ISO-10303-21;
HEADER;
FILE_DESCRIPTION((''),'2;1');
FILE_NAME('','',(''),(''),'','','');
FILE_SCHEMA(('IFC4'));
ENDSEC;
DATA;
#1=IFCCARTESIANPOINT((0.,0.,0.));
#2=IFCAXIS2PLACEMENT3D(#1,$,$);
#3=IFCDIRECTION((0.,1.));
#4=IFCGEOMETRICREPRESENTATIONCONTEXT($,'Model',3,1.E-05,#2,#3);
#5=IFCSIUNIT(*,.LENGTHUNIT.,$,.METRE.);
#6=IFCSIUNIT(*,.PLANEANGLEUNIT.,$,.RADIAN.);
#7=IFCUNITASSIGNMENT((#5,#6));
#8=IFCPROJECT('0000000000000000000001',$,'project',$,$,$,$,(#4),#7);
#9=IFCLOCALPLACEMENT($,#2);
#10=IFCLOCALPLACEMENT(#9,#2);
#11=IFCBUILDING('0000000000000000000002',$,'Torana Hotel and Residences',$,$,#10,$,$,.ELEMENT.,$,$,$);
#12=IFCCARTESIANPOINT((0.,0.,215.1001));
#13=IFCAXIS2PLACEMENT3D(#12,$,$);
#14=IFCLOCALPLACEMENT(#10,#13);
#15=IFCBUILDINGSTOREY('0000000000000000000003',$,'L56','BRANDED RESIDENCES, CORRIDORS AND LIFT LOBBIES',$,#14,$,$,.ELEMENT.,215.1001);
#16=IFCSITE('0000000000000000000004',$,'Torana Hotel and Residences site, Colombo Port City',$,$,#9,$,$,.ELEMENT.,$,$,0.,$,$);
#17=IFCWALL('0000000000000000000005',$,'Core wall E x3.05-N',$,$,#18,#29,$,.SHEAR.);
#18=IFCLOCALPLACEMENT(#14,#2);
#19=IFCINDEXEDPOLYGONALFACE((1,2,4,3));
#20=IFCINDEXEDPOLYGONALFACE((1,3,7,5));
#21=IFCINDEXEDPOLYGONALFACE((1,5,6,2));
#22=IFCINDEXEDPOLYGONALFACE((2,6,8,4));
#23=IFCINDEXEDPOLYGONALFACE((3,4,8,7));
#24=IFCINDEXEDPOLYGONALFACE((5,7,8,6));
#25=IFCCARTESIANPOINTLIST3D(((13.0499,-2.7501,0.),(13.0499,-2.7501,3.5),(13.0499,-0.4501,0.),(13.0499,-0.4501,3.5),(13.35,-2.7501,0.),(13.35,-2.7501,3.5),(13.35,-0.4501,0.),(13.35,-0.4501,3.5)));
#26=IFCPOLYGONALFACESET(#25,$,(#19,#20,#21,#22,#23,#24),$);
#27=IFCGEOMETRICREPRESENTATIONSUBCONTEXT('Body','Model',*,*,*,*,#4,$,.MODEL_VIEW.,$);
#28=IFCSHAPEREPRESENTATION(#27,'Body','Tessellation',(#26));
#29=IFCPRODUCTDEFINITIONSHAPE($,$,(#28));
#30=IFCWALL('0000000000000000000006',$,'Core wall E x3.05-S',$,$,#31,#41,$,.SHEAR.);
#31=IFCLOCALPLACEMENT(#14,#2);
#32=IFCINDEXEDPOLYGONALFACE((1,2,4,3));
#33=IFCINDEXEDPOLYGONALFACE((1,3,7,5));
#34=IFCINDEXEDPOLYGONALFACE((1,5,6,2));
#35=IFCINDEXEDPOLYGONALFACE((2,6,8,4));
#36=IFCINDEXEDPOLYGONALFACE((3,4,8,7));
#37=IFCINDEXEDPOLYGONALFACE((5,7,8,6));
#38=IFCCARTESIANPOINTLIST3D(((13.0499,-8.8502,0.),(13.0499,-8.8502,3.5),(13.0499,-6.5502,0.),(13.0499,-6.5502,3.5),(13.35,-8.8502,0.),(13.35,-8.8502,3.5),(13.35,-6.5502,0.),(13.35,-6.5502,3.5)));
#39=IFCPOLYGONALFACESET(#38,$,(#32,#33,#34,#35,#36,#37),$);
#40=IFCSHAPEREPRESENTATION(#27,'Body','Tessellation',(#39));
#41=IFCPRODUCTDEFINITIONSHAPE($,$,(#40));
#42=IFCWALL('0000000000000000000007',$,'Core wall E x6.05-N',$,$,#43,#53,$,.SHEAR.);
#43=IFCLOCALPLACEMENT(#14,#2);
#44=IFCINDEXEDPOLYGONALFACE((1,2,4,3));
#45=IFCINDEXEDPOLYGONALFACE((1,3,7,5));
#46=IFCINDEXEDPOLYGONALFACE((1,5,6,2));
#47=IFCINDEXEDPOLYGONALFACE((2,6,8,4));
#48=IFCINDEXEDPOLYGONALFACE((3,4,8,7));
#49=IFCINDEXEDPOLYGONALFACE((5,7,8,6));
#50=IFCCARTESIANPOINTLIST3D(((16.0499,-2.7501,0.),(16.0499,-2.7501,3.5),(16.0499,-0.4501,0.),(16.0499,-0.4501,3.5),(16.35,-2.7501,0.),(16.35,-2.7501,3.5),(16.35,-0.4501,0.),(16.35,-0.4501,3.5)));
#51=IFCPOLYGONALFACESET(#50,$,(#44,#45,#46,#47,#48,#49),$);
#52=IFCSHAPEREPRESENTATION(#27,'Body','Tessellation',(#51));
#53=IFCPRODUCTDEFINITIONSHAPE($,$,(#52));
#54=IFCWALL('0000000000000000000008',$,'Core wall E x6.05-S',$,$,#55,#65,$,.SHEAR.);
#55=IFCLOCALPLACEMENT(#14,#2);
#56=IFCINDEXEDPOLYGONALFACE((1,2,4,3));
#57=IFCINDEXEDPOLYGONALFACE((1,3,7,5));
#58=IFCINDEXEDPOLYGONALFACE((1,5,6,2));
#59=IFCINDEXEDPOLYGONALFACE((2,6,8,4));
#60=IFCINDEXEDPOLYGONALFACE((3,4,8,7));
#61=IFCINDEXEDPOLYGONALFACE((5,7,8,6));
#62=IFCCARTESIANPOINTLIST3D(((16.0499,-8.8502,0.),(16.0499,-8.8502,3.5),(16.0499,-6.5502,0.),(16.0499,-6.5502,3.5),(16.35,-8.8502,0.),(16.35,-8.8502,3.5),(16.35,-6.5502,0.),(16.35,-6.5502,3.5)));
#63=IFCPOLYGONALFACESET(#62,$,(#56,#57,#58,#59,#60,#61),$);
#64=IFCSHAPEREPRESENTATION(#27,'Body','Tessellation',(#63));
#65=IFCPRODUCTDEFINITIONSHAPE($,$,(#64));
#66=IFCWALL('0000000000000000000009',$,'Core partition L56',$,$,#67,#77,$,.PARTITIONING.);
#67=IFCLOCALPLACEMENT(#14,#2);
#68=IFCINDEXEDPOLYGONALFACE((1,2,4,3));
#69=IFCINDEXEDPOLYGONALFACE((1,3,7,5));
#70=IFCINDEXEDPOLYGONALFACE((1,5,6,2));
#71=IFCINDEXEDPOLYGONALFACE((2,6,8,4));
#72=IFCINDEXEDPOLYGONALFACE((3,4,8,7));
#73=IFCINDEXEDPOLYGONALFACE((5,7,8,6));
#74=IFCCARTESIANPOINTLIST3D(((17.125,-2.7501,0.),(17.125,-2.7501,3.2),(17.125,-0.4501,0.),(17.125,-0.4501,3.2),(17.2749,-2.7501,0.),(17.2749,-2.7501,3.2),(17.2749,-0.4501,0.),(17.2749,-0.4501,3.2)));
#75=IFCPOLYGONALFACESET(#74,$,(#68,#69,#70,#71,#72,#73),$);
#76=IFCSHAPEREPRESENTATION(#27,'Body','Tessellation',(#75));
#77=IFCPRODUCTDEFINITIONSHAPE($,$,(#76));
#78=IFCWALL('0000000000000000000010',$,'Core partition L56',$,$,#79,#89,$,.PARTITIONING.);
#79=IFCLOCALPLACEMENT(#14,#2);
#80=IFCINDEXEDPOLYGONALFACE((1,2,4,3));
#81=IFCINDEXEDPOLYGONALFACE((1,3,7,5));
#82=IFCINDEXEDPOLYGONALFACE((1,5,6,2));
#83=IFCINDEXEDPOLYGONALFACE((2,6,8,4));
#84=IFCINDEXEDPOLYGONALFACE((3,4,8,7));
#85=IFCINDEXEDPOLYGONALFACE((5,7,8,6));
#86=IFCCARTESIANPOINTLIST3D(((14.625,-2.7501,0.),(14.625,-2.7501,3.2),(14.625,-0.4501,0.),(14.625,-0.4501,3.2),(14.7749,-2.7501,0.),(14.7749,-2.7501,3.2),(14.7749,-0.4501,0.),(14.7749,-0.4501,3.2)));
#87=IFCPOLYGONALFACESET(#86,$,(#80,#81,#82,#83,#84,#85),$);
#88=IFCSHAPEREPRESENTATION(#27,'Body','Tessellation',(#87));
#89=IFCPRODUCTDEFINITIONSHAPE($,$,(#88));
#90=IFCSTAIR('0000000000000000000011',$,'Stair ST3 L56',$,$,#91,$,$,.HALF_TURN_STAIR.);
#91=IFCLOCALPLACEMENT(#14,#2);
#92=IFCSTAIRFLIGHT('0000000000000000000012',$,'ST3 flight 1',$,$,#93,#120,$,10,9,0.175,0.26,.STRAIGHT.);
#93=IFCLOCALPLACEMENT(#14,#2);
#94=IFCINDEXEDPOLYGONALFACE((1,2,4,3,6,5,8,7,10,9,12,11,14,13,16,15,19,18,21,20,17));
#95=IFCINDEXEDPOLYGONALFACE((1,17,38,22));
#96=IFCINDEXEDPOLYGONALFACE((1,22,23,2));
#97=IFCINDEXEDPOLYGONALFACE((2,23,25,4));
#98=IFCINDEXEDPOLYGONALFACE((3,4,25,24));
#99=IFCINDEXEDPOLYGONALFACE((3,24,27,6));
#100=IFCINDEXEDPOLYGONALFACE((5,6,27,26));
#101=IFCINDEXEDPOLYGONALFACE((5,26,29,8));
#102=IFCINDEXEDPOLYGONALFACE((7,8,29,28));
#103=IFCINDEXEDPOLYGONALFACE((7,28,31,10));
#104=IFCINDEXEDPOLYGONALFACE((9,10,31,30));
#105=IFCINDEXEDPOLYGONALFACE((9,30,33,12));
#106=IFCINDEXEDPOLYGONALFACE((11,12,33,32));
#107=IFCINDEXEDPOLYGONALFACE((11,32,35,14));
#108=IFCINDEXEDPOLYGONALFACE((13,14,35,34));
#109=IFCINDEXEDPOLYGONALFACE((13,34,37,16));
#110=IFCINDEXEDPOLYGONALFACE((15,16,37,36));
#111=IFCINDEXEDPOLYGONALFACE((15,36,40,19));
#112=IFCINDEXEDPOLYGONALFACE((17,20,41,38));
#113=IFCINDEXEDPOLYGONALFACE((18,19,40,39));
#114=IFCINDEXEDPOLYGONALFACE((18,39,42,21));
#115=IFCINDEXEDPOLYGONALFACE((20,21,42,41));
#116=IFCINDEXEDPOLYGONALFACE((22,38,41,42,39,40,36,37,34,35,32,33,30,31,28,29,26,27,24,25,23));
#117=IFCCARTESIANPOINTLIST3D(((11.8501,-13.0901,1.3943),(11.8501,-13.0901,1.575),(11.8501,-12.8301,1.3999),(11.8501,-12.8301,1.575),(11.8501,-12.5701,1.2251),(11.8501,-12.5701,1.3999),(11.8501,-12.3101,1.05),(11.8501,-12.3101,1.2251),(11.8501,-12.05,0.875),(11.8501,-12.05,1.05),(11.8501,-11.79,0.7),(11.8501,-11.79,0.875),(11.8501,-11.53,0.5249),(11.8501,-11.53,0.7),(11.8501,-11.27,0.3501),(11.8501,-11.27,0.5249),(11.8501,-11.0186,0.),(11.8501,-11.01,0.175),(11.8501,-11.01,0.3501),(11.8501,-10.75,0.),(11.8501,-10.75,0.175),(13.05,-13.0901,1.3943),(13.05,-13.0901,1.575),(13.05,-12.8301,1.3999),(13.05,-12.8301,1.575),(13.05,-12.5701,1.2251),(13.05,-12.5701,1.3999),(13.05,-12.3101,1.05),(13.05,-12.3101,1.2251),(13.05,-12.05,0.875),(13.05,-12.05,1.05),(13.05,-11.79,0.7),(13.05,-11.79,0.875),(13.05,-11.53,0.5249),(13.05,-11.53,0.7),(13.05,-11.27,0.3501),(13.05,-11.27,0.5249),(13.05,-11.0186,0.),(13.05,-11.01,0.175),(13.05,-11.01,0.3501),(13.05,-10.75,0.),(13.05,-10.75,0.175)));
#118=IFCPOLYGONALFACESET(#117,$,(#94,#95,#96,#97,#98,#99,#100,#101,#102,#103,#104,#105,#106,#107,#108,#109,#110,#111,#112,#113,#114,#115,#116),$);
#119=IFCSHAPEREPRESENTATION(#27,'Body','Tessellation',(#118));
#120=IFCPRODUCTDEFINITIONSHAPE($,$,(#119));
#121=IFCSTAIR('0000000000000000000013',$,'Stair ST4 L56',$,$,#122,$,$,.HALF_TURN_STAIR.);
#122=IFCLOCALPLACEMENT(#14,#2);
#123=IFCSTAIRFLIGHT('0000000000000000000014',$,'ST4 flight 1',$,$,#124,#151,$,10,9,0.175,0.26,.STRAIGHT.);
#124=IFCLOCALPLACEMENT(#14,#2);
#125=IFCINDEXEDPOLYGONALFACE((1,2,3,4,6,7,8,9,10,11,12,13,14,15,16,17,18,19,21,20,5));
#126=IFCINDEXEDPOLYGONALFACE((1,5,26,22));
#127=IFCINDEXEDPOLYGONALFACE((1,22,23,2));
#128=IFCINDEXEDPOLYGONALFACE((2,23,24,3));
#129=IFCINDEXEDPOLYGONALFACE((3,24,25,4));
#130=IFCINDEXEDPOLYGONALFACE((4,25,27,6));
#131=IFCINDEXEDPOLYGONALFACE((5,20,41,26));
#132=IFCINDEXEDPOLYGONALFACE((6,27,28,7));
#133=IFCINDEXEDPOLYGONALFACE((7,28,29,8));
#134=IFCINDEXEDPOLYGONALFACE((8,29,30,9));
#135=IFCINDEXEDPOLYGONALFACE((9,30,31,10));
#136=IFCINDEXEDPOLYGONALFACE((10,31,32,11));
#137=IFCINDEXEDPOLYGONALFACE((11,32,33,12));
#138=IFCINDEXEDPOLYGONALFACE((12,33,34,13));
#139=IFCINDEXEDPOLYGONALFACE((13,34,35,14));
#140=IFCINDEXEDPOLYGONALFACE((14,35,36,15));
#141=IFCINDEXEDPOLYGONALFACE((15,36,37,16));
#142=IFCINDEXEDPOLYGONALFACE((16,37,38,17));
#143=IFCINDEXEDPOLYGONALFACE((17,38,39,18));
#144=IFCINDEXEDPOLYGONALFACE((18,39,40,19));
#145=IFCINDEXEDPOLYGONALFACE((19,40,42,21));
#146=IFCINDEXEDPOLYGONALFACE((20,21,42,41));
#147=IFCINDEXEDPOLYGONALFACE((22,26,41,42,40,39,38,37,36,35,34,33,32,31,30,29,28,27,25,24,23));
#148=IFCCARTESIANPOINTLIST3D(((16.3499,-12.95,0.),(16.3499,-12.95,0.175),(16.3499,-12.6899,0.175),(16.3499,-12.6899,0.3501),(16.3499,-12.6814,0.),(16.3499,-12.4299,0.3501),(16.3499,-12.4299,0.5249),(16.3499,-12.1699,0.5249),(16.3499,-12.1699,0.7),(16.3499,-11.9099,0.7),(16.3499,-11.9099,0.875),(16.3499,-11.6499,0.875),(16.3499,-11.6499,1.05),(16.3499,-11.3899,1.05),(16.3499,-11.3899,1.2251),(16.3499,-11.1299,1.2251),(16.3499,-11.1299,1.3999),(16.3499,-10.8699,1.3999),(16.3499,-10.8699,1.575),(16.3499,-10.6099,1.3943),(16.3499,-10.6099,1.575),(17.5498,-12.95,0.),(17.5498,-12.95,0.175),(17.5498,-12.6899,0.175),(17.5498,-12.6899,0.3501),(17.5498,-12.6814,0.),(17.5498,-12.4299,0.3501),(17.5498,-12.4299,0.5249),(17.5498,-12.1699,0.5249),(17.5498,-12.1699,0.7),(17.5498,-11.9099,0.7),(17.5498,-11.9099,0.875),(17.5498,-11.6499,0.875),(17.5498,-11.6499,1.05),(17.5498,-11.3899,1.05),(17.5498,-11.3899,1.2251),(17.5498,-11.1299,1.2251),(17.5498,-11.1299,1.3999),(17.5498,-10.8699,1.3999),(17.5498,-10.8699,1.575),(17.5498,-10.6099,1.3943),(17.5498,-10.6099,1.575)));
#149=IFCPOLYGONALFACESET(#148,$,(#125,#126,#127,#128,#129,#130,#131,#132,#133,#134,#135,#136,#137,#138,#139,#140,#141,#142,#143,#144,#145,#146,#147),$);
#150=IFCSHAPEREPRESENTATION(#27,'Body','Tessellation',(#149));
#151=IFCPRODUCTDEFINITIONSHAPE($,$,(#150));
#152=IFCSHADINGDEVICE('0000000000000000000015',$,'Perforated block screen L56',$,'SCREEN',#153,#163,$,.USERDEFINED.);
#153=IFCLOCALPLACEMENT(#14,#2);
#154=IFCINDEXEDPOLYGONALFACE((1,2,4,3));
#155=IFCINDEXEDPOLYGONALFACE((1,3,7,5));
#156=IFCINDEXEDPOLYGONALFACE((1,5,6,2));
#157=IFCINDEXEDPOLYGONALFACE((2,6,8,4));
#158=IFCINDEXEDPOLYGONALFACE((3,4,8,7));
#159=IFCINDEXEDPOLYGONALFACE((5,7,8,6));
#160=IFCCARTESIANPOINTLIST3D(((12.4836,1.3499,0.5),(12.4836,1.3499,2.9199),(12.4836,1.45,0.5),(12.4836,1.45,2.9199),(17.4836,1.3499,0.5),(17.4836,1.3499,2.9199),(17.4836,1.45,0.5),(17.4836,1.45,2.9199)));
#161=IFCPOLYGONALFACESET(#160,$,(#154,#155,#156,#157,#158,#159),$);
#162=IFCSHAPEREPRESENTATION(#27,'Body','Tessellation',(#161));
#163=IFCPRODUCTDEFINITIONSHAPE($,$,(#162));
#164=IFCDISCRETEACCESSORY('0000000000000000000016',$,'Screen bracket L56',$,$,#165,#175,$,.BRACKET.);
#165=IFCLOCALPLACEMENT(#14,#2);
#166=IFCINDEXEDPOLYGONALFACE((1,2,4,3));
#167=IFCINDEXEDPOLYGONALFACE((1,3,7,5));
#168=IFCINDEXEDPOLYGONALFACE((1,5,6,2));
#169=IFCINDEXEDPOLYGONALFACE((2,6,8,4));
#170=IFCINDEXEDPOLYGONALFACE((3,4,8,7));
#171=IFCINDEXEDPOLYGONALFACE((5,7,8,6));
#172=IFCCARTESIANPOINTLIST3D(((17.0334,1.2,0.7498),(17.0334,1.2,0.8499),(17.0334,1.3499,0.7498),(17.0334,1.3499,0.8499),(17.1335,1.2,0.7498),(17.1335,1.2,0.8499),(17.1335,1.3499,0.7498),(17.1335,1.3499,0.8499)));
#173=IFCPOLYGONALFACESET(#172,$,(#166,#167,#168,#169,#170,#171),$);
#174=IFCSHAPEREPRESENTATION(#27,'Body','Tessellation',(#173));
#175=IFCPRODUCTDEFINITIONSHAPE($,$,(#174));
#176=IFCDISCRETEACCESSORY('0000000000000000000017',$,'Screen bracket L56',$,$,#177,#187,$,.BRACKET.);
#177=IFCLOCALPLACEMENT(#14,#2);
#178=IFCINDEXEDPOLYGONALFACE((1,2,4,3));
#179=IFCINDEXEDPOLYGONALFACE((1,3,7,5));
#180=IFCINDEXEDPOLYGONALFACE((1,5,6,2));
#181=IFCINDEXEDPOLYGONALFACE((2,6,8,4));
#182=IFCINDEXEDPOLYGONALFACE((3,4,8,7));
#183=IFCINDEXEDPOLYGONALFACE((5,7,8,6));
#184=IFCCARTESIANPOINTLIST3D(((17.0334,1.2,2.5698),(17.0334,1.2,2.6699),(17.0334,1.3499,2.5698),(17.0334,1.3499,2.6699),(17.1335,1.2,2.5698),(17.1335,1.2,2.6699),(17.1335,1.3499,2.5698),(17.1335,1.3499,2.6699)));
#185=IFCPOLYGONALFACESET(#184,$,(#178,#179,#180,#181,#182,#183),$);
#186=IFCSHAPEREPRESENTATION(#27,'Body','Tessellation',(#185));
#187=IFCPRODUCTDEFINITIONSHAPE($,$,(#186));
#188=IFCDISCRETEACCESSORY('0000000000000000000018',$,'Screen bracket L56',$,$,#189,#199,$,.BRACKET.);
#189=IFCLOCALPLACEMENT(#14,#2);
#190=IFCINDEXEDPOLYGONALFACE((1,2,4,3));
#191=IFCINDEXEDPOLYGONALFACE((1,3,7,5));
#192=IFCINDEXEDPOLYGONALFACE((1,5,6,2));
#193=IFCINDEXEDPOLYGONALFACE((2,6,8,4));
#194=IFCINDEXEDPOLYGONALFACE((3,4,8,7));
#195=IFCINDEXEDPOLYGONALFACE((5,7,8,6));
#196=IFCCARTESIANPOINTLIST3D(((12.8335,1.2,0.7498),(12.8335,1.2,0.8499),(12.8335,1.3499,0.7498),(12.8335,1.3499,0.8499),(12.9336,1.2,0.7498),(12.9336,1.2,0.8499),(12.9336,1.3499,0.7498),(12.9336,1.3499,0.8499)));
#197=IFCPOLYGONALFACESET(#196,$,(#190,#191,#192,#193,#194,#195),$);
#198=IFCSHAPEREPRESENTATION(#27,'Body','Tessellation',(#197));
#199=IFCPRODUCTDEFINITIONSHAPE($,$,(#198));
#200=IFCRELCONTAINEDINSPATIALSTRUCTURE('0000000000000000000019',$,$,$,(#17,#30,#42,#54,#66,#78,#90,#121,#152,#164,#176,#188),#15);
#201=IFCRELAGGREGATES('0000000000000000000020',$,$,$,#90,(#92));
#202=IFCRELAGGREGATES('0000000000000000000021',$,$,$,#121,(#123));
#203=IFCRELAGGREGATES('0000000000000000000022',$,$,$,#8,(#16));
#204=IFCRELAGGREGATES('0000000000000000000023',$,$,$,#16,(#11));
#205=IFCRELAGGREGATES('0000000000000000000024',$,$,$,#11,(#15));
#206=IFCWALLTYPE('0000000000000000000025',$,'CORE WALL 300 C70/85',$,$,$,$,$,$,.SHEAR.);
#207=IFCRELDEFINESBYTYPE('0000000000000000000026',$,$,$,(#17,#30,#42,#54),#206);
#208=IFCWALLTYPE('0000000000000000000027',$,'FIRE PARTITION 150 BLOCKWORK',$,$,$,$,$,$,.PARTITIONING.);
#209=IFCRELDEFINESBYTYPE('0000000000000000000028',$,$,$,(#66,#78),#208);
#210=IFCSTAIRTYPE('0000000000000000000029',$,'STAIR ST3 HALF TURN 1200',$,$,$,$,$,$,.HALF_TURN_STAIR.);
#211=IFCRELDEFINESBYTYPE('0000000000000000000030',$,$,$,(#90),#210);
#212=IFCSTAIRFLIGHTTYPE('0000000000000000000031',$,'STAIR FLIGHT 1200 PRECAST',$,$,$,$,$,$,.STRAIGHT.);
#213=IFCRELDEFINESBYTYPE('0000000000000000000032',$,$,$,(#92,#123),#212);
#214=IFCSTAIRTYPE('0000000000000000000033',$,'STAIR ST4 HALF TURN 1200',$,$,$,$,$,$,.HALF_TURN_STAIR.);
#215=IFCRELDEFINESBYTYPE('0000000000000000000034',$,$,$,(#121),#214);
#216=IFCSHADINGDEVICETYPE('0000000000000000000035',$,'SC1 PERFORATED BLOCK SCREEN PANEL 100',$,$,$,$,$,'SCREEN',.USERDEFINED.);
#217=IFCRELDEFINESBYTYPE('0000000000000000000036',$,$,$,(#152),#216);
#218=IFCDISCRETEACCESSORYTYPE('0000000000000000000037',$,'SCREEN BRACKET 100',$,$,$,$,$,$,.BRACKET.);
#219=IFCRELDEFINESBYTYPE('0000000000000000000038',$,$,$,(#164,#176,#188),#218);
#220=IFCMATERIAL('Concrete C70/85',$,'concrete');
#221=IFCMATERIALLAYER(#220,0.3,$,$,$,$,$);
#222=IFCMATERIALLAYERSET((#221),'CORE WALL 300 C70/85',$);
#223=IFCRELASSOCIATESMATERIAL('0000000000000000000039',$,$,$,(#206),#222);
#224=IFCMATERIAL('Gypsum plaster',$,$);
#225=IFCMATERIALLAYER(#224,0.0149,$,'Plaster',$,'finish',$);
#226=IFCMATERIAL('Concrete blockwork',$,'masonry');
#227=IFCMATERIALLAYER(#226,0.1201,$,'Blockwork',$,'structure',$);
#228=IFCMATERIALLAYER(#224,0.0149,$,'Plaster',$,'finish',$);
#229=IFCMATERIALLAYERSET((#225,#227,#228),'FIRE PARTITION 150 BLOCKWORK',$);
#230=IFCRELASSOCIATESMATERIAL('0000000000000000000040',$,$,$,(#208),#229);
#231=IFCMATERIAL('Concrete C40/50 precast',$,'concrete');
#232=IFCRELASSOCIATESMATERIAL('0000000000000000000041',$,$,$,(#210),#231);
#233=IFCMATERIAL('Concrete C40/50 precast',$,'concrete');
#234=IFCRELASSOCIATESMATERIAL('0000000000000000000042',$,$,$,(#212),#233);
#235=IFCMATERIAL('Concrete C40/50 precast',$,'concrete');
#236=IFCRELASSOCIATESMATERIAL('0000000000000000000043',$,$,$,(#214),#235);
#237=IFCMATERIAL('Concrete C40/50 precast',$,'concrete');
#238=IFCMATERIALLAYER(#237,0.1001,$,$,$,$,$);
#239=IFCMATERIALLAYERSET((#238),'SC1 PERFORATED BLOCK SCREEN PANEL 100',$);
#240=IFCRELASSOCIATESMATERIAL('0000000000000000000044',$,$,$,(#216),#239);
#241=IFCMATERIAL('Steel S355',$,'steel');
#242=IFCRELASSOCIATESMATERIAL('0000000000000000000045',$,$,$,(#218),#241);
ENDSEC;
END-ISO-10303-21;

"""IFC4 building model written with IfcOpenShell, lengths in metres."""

from ifc_helpers import new_model, si_unit, direction, frame, frame_2d, origin, origin_2d, place, context, subcontext, project, spatial, polyline, rectangle, outline, extrude, material, layer, layer_set, type_object, element, aggregate, save


model = new_model("IFC4")

# Units and contexts
model_context = context("Model", 3, precision=1e-05, world=origin(), true_north=direction((0.0, 1.0)))
body_context = subcontext(model_context, "Body", "Model", "MODEL_VIEW")
ifc_project = project(units=[si_unit("LENGTHUNIT", "METRE"), si_unit("PLANEANGLEUNIT", "RADIAN")], contexts=[model_context])

# Site, building, storey
site_placement = place(None, origin())
site = spatial("IfcSite", under=ifc_project, at=site_placement, Name="Torana Hotel and Residences site, Colombo Port City", CompositionType="ELEMENT", RefElevation=0.0)
building_placement = place(site_placement, origin())
building = spatial("IfcBuilding", under=site, at=building_placement, Name="Torana Hotel and Residences", CompositionType="ELEMENT")
storey_placement = place(building_placement, frame((0.0, 0.0, 215.1001)))
storey = spatial("IfcBuildingStorey", under=building, at=storey_placement, Name="L56", Description="BRANDED RESIDENCES, CORRIDORS AND LIFT LOBBIES", CompositionType="ELEMENT", Elevation=215.1001)

# Walls
ifc_material_1 = material(Name="Concrete C70/85", Category="concrete")
ifc_layer_1 = layer(ifc_material_1, 0.3)
ifc_layer_set_1 = layer_set([ifc_layer_1], Name="CORE WALL 300 C70/85")
wall_type_1 = type_object("IfcWallType", Name="CORE WALL 300 C70/85", PredefinedType="SHEAR", material=ifc_layer_set_1)
for number, where, z_axis, x_axis, name in (
    (1, (13.2, -2.75, 0.0), (0.0, 0.0, 1.0), (0.0, 1.0, 0.0), "Core wall E x3.05-N"),
    (2, (13.2, -8.8501, 0.0), (0.0, 0.0, 1.0), (0.0, 1.0, 0.0), "Core wall E x3.05-S"),
    (3, (16.2, -2.75, 0.0), (0.0, 0.0, 1.0), (0.0, 1.0, 0.0), "Core wall E x6.05-N"),
    (4, (16.2, -8.8501, 0.0), (0.0, 0.0, 1.0), (0.0, 1.0, 0.0), "Core wall E x6.05-S"),
):
    element("IfcWall", number, at=place(storey_placement, frame(where, z_axis=z_axis, x_axis=x_axis)), inside=storey, type_object=wall_type_1, Name=name, PredefinedType="SHEAR", context=body_context, shape_type="SweptSolid", body=[
        extrude(rectangle(XDim=2.3, YDim=0.3, at=frame_2d((1.1499, 0.0))), origin(), (0.0, 0.0, 1.0), 3.5),
    ])
ifc_material_2 = material(Name="Gypsum plaster")
ifc_layer_2 = layer(ifc_material_2, 0.0149, Name="Plaster", Category="finish")
ifc_material_3 = material(Name="Concrete blockwork", Category="masonry")
ifc_layer_3 = layer(ifc_material_3, 0.1201, Name="Blockwork", Category="structure")
ifc_layer_4 = layer(ifc_material_2, 0.0149, Name="Plaster", Category="finish")
ifc_layer_set_2 = layer_set([ifc_layer_2, ifc_layer_3, ifc_layer_4], Name="FIRE PARTITION 150 BLOCKWORK")
wall_type_2 = type_object("IfcWallType", Name="FIRE PARTITION 150 BLOCKWORK", PredefinedType="PARTITIONING", material=ifc_layer_set_2)
for number, where, z_axis, x_axis, name in (
    (5, (17.2, -2.75, 0.0), (0.0, 0.0, 1.0), (0.0, 1.0, 0.0), "Core partition L56"),
    (6, (14.7, -2.75, 0.0), (0.0, 0.0, 1.0), (0.0, 1.0, 0.0), "Core partition L56"),
):
    element("IfcWall", number, at=place(storey_placement, frame(where, z_axis=z_axis, x_axis=x_axis)), inside=storey, type_object=wall_type_2, Name=name, PredefinedType="PARTITIONING", context=body_context, shape_type="SweptSolid", body=[
        extrude(rectangle(XDim=2.3, YDim=0.1499, at=frame_2d((1.1499, 0.0))), origin(), (0.0, 0.0, 1.0), 3.2),
    ])

# Stairs, stair flights
ifc_material_4 = material(Name="Concrete C40/50 precast", Category="concrete")
stair_type_1 = type_object("IfcStairType", Name="STAIR ST3 HALF TURN 1200", PredefinedType="HALF_TURN_STAIR", material=ifc_material_4)
stair_1_placement = place(storey_placement, origin())
stair_1 = element("IfcStair", 7, at=stair_1_placement, inside=storey, type_object=stair_type_1, Name="Stair ST3 L56", PredefinedType="HALF_TURN_STAIR")
ifc_material_5 = material(Name="Concrete C40/50 precast", Category="concrete")
stair_flight_type = type_object("IfcStairFlightType", Name="STAIR FLIGHT 1200 PRECAST", PredefinedType="STRAIGHT", material=ifc_material_5)
stair_flight_1_placement = place(storey_placement, frame((12.45, -10.75, 0.0), z_axis=(0.0, 0.0, 1.0), x_axis=(0.0, -1.0, 0.0)))
stair_flight_1 = element("IfcStairFlight", 8, at=stair_flight_1_placement, type_object=stair_flight_type, Name="ST3 flight 1", NumberOfRisers=10, NumberOfTreads=9, PredefinedType="STRAIGHT", RiserHeight=0.175, TreadLength=0.26, context=body_context, shape_type="SweptSolid", body=[
    extrude(outline(polyline([(0.0, 0.0), (0.0, 0.175), (0.26, 0.175), (0.26, 0.3501), (0.52, 0.3501), (0.52, 0.5249), (0.78, 0.5249), (0.78, 0.7), (1.04, 0.7), (1.04, 0.875), (1.3, 0.875), (1.3, 1.05), (1.5601, 1.05), (1.5601, 1.2251), (1.8201, 1.2251), (1.8201, 1.3999), (2.0801, 1.3999), (2.0801, 1.575), (2.3401, 1.575), (2.3401, 1.75), (2.3401, 1.3943), (0.2686, 0.0), (0.0, 0.0)])), frame((0.0, 0.6001, 0.0), z_axis=(0.0, -1.0, 0.0), x_axis=(1.0, 0.0, 0.0)), (0.0, 0.0, 1.0), 1.2),
])
aggregate(stair_1, [stair_flight_1])
ifc_material_6 = material(Name="Concrete C40/50 precast", Category="concrete")
stair_type_2 = type_object("IfcStairType", Name="STAIR ST4 HALF TURN 1200", PredefinedType="HALF_TURN_STAIR", material=ifc_material_6)
stair_2_placement = place(storey_placement, origin())
stair_2 = element("IfcStair", 9, at=stair_2_placement, inside=storey, type_object=stair_type_2, Name="Stair ST4 L56", PredefinedType="HALF_TURN_STAIR")
stair_flight_2_placement = place(storey_placement, frame((16.95, -12.95, 0.0), z_axis=(0.0, 0.0, 1.0), x_axis=(0.0, 1.0, 0.0)))
stair_flight_2 = element("IfcStairFlight", 10, at=stair_flight_2_placement, type_object=stair_flight_type, Name="ST4 flight 1", NumberOfRisers=10, NumberOfTreads=9, PredefinedType="STRAIGHT", RiserHeight=0.175, TreadLength=0.26, context=body_context, shape_type="SweptSolid", body=[
    extrude(outline(polyline([(0.0, 0.0), (0.0, 0.175), (0.26, 0.175), (0.26, 0.3501), (0.52, 0.3501), (0.52, 0.5249), (0.78, 0.5249), (0.78, 0.7), (1.04, 0.7), (1.04, 0.875), (1.3, 0.875), (1.3, 1.05), (1.5601, 1.05), (1.5601, 1.2251), (1.8201, 1.2251), (1.8201, 1.3999), (2.0801, 1.3999), (2.0801, 1.575), (2.3401, 1.575), (2.3401, 1.75), (2.3401, 1.3943), (0.2686, 0.0), (0.0, 0.0)])), frame((0.0, 0.6001, 0.0), z_axis=(0.0, -1.0, 0.0), x_axis=(1.0, 0.0, 0.0)), (0.0, 0.0, 1.0), 1.2),
])
aggregate(stair_2, [stair_flight_2])

# Shading device
ifc_material_7 = material(Name="Concrete C40/50 precast", Category="concrete")
ifc_layer_5 = layer(ifc_material_7, 0.1001)
ifc_layer_set_3 = layer_set([ifc_layer_5], Name="SC1 PERFORATED BLOCK SCREEN PANEL 100")
shading_device_type = type_object("IfcShadingDeviceType", Name="SC1 PERFORATED BLOCK SCREEN PANEL 100", ElementType="SCREEN", PredefinedType="USERDEFINED", material=ifc_layer_set_3)
shading_device_placement = place(storey_placement, frame((14.9836, 1.3999, 0.5), z_axis=(0.0, 0.0, 1.0), x_axis=(-1.0, 0.0, 0.0)))
element("IfcShadingDevice", 11, at=shading_device_placement, inside=storey, type_object=shading_device_type, Name="Perforated block screen L56", ObjectType="SCREEN", PredefinedType="USERDEFINED", context=body_context, shape_type="SweptSolid", body=[
    extrude(rectangle(XDim=5.0, YDim=0.1001, at=origin_2d()), origin(), (0.0, 0.0, 1.0), 2.4199),
])

# Discrete accessories
ifc_material_8 = material(Name="Steel S355", Category="steel")
discrete_accessory_type = type_object("IfcDiscreteAccessoryType", Name="SCREEN BRACKET 100", PredefinedType="BRACKET", material=ifc_material_8)
for number, where, z_axis, x_axis, name in (
    (12, (17.0835, 1.2749, 0.7498), (0.0, 0.0, 1.0), (-1.0, 0.0, 0.0), "Screen bracket L56"),
    (13, (17.0835, 1.2749, 2.5698), (0.0, 0.0, 1.0), (-1.0, 0.0, 0.0), "Screen bracket L56"),
    (14, (12.8835, 1.2749, 0.7498), (0.0, 0.0, 1.0), (-1.0, 0.0, 0.0), "Screen bracket L56"),
):
    element("IfcDiscreteAccessory", number, at=place(storey_placement, frame(where, z_axis=z_axis, x_axis=x_axis)), inside=storey, type_object=discrete_accessory_type, Name=name, PredefinedType="BRACKET", context=body_context, shape_type="SweptSolid", body=[
        extrude(rectangle(XDim=0.1001, YDim=0.1499, at=origin_2d()), origin(), (0.0, 0.0, 1.0), 0.1001),
    ])

save(model, "model.ifc")
